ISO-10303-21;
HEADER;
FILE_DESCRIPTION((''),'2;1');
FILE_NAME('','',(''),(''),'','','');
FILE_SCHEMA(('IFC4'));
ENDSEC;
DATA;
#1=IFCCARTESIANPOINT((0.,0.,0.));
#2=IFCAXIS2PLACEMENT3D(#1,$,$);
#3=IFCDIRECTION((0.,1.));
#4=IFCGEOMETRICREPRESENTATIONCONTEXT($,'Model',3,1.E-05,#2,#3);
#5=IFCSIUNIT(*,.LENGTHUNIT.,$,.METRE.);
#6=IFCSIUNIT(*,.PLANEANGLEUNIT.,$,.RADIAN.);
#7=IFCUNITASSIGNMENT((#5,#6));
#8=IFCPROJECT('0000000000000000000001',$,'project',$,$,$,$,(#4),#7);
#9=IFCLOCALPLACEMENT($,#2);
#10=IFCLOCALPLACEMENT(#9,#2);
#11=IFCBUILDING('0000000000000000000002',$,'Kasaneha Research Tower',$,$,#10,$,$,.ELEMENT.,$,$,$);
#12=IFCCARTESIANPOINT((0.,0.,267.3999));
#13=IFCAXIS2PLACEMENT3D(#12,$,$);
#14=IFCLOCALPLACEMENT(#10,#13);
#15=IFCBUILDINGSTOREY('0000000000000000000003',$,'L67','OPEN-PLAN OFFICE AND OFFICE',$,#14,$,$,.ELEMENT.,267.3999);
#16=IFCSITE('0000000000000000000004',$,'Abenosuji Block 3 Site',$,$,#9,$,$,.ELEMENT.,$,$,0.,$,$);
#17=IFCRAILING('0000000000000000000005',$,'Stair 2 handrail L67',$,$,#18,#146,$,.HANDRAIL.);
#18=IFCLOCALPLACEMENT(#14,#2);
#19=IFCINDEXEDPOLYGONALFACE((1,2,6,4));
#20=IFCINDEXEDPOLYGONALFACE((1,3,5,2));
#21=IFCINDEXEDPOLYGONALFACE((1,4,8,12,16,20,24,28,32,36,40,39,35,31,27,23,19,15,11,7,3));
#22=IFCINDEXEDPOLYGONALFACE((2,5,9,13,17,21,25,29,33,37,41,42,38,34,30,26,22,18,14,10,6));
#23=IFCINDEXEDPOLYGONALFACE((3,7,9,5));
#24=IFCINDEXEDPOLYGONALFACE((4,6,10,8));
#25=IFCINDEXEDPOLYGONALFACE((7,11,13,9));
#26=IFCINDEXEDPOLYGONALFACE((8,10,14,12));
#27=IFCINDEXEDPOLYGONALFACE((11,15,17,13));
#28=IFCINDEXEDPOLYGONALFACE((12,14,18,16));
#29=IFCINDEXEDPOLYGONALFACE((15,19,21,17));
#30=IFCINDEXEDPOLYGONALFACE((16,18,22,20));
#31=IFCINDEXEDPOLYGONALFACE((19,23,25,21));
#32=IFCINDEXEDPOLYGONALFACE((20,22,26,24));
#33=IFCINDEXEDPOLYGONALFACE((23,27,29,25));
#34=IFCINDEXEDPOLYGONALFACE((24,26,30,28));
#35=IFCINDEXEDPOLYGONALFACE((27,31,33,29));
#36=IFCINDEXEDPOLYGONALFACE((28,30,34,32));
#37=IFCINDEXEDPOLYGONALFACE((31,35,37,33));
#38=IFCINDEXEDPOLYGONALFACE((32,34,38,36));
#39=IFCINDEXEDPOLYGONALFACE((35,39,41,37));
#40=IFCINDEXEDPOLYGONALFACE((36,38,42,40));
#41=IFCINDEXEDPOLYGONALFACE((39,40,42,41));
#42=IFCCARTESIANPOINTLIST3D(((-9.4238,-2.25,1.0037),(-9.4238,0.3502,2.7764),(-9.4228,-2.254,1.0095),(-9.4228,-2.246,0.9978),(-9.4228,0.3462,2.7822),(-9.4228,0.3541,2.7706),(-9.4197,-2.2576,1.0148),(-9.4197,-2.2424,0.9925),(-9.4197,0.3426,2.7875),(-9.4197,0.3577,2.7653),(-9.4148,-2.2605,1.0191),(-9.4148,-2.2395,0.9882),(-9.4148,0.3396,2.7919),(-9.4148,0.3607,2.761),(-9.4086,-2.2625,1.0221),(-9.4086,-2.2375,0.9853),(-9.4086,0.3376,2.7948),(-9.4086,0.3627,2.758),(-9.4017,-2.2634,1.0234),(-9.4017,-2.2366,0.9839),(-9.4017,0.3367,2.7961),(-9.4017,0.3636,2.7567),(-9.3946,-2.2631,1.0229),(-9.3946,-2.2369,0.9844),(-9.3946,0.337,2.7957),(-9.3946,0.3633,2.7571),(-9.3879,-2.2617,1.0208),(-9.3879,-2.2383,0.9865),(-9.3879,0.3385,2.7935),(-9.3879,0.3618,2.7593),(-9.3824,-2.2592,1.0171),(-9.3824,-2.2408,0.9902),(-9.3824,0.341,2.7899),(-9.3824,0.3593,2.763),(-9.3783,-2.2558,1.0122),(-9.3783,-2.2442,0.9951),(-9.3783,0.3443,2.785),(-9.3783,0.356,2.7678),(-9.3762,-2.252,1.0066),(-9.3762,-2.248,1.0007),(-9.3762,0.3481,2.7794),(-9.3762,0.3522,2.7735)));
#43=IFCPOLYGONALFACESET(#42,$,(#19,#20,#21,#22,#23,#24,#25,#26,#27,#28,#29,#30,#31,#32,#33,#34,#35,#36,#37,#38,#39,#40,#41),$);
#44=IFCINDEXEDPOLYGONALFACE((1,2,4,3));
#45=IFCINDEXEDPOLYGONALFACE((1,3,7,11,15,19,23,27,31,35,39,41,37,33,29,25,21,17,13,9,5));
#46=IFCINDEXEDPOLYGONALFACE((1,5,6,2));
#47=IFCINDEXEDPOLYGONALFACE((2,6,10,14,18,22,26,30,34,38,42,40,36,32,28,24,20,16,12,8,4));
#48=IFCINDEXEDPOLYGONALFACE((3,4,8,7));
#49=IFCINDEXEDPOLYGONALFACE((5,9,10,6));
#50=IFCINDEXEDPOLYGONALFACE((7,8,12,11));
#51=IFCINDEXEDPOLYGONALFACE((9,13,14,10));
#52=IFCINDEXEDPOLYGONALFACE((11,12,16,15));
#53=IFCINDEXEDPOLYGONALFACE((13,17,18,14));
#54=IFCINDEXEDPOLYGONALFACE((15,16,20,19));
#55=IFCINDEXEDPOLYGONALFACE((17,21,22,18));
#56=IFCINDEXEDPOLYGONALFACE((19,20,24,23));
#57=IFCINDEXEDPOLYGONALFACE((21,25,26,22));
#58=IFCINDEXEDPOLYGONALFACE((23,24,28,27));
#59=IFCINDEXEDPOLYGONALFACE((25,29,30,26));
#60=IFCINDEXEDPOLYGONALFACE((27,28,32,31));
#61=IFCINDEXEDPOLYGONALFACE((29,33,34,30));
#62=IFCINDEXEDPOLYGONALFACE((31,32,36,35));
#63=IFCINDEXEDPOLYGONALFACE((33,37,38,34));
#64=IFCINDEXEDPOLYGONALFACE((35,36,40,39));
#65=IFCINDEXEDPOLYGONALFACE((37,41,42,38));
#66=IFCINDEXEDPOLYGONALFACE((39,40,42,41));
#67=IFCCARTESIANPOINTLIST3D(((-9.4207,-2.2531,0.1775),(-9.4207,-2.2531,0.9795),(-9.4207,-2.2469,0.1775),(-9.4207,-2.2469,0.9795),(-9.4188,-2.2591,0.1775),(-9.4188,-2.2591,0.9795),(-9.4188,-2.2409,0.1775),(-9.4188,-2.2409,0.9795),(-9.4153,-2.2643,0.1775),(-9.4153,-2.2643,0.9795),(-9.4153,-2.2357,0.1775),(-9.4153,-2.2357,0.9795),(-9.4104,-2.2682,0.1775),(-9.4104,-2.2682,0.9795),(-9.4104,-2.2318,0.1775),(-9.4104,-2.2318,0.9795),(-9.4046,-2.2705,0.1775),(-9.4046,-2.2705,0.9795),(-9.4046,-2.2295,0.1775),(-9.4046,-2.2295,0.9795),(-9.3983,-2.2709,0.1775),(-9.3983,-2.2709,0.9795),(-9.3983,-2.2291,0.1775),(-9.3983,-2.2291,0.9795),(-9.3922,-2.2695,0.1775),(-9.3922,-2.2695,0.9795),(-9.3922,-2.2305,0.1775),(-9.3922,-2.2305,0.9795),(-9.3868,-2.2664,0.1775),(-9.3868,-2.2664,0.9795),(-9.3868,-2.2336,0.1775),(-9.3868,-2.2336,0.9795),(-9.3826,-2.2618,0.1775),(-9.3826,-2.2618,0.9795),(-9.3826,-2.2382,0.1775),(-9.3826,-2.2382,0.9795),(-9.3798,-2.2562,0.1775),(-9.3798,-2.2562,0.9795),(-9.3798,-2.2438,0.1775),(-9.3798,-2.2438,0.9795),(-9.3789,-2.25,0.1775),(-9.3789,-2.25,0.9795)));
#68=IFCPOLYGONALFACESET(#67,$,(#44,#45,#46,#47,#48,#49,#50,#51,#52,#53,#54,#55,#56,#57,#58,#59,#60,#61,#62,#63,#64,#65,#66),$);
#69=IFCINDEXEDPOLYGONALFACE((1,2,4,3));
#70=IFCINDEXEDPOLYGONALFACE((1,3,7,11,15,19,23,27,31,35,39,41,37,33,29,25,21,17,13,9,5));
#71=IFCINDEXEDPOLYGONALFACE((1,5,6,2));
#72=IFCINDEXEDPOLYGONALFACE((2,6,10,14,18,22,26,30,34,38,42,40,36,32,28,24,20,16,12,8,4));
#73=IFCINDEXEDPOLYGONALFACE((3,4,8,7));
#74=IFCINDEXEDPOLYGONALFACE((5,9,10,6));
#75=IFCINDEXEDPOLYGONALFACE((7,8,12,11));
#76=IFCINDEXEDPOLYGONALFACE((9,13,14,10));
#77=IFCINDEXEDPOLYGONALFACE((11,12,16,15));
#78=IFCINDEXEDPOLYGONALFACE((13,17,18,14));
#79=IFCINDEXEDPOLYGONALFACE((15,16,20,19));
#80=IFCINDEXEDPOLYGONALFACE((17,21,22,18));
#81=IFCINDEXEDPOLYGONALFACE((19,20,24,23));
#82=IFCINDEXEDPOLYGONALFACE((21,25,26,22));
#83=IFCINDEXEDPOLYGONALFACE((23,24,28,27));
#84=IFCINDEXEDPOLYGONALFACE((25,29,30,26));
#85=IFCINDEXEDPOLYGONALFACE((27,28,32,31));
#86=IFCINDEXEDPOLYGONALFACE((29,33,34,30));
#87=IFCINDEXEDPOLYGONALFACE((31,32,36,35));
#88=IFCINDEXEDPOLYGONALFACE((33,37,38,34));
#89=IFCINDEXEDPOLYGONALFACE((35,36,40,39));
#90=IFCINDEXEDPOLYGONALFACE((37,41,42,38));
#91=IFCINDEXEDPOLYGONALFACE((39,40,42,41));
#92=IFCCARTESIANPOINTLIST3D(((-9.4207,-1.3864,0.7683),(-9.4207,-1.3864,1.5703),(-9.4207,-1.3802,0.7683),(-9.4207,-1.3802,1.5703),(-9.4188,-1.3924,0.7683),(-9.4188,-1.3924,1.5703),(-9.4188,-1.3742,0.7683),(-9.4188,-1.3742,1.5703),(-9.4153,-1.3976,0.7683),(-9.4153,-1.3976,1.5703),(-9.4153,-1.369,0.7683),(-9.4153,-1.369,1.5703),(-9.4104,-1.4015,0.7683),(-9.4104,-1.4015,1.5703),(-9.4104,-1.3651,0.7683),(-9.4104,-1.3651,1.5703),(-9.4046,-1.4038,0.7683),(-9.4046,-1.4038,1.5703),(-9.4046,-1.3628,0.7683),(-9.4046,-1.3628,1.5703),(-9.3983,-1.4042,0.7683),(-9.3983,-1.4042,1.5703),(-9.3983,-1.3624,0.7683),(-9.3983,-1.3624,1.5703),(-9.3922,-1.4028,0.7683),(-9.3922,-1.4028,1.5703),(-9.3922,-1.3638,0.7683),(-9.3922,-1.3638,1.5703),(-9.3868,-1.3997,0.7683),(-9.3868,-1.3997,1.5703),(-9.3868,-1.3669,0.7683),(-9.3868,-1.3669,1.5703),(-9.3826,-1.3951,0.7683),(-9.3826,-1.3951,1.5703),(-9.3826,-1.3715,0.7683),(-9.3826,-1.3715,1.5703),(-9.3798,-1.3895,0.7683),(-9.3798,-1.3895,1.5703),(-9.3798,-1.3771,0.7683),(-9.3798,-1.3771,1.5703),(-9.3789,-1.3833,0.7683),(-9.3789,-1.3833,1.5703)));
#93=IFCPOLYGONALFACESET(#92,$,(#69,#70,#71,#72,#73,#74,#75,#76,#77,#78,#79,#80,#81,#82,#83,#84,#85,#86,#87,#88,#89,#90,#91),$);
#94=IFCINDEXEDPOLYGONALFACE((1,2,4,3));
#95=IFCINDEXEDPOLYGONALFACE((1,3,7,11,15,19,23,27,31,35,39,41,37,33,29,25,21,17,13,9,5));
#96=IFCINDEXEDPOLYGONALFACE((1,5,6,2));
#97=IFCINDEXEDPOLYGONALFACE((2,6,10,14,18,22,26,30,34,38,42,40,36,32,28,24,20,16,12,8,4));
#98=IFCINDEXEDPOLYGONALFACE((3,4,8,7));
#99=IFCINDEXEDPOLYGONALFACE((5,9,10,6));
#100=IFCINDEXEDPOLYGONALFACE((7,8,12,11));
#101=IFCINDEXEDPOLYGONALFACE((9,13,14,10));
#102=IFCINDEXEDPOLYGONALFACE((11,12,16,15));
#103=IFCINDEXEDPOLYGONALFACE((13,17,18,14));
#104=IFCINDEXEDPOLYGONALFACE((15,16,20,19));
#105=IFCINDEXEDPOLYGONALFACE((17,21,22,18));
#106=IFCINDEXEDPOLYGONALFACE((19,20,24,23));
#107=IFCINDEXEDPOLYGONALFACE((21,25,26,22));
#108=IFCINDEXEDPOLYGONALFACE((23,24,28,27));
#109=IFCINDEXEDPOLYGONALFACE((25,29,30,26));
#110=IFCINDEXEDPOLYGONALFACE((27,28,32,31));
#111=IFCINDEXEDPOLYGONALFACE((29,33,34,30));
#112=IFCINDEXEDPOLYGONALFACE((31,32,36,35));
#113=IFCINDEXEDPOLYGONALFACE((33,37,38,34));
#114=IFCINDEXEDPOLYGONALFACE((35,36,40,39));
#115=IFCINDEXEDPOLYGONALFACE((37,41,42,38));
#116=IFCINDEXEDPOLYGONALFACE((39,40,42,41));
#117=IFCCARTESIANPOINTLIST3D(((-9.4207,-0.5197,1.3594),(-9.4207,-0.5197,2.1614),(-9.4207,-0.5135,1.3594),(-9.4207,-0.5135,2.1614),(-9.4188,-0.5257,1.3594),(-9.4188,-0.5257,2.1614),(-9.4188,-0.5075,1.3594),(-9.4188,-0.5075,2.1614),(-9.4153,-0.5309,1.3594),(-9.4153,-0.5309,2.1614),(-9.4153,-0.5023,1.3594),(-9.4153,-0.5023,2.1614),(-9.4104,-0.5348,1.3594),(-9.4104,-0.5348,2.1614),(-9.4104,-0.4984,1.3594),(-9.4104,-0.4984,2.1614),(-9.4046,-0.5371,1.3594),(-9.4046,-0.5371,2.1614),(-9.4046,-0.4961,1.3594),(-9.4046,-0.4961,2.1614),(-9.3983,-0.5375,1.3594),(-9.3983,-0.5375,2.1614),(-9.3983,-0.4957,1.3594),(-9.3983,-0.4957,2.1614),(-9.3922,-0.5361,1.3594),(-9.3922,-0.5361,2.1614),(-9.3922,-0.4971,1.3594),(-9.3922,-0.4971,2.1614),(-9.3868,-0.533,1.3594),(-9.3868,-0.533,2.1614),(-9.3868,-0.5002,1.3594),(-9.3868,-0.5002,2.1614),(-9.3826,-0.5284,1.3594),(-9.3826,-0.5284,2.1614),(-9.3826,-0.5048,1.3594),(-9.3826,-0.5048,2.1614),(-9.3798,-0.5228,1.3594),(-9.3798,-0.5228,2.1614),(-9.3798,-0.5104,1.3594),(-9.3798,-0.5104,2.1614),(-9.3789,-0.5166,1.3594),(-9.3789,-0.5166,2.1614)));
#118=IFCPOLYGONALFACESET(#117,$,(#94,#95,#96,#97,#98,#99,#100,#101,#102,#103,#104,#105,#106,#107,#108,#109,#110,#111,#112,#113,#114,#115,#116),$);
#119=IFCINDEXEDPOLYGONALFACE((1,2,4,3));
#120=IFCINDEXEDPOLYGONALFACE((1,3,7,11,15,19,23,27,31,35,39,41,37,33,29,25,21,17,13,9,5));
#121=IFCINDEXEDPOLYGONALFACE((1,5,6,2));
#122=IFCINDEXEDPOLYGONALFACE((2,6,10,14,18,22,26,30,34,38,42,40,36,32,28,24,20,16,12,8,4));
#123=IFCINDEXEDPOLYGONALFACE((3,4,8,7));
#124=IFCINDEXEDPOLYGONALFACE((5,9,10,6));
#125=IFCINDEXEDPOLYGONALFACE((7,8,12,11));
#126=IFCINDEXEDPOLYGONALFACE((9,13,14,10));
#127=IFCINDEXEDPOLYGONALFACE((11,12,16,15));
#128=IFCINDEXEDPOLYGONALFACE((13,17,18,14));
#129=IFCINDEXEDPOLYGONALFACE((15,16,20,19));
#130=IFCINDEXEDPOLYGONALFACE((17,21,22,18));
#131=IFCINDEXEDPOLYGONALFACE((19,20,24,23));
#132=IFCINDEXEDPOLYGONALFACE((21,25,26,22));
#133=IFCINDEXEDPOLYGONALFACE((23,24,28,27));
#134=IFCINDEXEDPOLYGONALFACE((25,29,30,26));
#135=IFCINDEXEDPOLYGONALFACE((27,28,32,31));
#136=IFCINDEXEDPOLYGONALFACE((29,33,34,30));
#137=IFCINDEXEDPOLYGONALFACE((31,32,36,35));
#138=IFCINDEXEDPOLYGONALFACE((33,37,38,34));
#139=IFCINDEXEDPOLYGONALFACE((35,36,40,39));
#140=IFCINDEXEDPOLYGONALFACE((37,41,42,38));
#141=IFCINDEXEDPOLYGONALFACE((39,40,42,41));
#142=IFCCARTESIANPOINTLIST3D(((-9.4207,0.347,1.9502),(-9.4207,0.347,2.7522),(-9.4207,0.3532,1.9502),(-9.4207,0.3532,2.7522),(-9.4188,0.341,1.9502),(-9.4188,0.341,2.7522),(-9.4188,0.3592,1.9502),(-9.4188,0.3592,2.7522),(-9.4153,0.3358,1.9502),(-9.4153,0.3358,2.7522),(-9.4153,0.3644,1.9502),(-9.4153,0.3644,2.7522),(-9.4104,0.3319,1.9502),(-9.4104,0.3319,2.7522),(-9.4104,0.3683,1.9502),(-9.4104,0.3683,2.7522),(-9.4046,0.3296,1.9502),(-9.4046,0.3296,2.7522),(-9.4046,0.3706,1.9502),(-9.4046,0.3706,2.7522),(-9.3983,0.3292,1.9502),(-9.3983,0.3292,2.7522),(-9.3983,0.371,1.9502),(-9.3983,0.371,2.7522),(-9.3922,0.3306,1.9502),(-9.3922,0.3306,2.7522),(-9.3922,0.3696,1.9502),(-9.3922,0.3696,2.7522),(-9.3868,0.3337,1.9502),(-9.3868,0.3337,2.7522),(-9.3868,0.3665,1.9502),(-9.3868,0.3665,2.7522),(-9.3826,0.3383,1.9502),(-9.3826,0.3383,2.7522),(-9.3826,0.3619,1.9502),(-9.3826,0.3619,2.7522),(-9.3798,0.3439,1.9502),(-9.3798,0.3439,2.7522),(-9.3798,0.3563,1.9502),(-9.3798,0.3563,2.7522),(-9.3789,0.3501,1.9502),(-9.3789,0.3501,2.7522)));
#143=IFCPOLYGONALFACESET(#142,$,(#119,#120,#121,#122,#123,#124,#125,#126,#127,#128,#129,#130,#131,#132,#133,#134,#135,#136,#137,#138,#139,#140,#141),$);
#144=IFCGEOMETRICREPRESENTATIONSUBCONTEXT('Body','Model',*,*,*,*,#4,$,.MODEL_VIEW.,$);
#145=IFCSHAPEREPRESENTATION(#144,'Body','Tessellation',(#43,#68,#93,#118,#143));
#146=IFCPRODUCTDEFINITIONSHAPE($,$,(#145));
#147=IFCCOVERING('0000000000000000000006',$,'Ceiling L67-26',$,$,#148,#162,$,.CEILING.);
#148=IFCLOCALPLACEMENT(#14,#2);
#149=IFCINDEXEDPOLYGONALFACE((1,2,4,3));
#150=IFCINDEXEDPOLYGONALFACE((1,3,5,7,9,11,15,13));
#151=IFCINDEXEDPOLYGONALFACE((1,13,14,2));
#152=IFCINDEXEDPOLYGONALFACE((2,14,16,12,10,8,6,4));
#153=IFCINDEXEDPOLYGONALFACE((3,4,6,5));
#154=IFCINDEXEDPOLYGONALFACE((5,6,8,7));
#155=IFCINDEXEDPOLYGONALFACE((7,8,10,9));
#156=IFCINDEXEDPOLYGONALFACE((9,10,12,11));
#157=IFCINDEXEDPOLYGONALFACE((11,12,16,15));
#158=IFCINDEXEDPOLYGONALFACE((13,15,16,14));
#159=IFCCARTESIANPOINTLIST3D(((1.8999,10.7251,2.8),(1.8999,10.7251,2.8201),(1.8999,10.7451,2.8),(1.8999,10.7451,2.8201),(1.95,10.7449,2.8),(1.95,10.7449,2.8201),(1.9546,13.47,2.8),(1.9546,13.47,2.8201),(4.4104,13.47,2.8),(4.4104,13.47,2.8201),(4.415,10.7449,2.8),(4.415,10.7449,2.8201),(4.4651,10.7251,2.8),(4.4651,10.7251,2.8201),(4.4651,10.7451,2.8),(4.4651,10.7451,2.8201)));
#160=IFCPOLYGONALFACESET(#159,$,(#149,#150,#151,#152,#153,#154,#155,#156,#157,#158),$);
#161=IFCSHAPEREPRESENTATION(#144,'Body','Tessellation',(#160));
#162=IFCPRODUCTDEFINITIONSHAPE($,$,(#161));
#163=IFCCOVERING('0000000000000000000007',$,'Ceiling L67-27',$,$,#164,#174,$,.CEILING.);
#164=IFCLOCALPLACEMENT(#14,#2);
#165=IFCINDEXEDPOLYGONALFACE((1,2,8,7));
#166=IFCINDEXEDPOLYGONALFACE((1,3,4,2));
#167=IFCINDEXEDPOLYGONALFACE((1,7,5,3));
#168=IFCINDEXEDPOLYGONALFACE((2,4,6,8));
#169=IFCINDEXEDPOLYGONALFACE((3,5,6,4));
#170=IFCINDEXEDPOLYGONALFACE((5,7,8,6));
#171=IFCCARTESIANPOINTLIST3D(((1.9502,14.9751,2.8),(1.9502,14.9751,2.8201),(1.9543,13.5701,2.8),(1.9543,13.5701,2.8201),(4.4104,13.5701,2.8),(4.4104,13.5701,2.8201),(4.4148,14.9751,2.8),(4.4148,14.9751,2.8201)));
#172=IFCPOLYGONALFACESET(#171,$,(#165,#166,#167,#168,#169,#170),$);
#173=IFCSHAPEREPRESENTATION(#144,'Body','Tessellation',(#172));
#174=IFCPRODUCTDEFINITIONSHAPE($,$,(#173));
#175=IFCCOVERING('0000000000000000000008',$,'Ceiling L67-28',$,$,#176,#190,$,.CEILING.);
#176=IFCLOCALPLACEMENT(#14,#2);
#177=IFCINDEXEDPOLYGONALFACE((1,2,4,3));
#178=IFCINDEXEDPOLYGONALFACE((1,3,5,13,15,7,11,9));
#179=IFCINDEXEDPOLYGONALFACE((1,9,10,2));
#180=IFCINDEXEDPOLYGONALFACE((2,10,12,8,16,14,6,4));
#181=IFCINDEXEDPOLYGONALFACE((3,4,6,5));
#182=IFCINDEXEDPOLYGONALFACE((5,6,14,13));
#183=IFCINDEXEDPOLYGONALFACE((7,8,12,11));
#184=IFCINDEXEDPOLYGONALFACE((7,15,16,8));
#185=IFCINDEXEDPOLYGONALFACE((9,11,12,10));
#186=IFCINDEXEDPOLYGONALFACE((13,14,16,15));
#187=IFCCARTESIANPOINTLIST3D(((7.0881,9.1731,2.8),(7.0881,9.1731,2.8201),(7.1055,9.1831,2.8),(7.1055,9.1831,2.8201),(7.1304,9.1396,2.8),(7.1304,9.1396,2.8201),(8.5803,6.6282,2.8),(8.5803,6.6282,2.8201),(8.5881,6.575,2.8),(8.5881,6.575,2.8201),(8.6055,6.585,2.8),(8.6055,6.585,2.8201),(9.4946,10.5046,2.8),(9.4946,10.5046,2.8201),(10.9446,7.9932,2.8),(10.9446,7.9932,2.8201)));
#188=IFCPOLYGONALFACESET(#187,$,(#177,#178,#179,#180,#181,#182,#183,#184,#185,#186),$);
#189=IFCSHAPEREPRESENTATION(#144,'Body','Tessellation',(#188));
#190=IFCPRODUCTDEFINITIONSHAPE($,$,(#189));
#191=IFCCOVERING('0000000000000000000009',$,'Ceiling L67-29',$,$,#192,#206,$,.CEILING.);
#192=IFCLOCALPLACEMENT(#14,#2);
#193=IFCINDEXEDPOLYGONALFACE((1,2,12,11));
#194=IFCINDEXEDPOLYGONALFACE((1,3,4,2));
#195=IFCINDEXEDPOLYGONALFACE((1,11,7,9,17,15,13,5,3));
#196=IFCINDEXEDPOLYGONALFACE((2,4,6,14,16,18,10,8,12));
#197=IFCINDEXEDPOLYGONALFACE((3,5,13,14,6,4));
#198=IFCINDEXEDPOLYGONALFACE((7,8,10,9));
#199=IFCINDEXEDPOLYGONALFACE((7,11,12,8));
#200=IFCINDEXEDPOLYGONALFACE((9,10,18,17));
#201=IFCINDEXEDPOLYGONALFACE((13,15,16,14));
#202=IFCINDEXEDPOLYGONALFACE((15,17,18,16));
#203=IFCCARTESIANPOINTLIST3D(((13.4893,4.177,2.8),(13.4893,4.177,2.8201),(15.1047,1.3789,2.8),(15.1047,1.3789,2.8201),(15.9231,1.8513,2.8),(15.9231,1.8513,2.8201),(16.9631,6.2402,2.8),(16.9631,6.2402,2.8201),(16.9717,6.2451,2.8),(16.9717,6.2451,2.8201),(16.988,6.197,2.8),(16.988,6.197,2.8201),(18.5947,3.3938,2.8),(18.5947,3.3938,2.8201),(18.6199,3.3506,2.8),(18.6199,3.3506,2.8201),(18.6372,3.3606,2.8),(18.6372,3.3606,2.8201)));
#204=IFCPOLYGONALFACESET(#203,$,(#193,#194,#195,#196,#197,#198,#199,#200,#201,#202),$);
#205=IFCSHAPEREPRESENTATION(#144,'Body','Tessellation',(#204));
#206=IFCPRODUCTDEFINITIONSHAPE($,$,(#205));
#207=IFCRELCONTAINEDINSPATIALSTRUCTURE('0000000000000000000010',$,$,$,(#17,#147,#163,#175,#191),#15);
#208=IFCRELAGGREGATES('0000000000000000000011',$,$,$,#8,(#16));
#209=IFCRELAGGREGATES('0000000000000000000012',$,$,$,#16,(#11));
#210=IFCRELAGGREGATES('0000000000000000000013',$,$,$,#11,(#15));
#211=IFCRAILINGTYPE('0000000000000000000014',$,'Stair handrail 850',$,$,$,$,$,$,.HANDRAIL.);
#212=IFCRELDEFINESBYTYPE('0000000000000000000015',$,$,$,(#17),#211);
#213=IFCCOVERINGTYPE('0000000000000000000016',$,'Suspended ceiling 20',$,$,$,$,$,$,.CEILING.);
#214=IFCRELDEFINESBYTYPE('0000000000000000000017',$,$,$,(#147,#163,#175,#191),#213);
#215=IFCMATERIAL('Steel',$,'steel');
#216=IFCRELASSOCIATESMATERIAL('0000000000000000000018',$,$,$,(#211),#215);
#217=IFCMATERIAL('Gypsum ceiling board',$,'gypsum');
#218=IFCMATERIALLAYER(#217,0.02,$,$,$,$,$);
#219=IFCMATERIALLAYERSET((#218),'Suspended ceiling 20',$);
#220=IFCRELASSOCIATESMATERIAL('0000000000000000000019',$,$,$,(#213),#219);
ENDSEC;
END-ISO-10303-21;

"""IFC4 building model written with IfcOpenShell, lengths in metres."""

from ifc_helpers import new_model, si_unit, direction, frame, origin, origin_2d, place, context, subcontext, project, spatial, polyline, circle, outline, extrude, material, layer, layer_set, type_object, element, save


model = new_model("IFC4")

# Units and contexts
model_context = context("Model", 3, precision=1e-05, world=origin(), true_north=direction((0.0, 1.0)))
body_context = subcontext(model_context, "Body", "Model", "MODEL_VIEW")
ifc_project = project(units=[si_unit("LENGTHUNIT", "METRE"), si_unit("PLANEANGLEUNIT", "RADIAN")], contexts=[model_context])

# Site, building, storey
site_placement = place(None, origin())
site = spatial("IfcSite", under=ifc_project, at=site_placement, Name="Abenosuji Block 3 Site", CompositionType="ELEMENT", RefElevation=0.0)
building_placement = place(site_placement, origin())
building = spatial("IfcBuilding", under=site, at=building_placement, Name="Kasaneha Research Tower", CompositionType="ELEMENT")
storey_placement = place(building_placement, frame((0.0, 0.0, 267.3999)))
storey = spatial("IfcBuildingStorey", under=building, at=storey_placement, Name="L67", Description="OPEN-PLAN OFFICE AND OFFICE", CompositionType="ELEMENT", Elevation=267.3999)

# Railing
ifc_material_1 = material(Name="Steel", Category="steel")
railing_type = type_object("IfcRailingType", Name="Stair handrail 850", PredefinedType="HANDRAIL", material=ifc_material_1)
railing_placement = place(storey_placement, frame((-9.3999, -2.25, 0.1775)))
element("IfcRailing", 1, at=railing_placement, inside=storey, type_object=railing_type, Name="Stair 2 handrail L67", PredefinedType="HANDRAIL", context=body_context, shape_type="SweptSolid", body=[
    extrude(circle(Radius=0.0239, at=origin_2d()), frame((0.0, 0.0, 0.8262), z_axis=(0.0, 0.82624, 0.563318), x_axis=(-1.0, 0.0, 0.0)), (0.0, 0.0, 1.0), 3.147),
    extrude(circle(Radius=0.021, at=origin_2d()), origin(), (0.0, 0.0, 1.0), 0.802),
    extrude(circle(Radius=0.021, at=origin_2d()), frame((0.0, 0.8667, 0.5908)), (0.0, 0.0, 1.0), 0.802),
    extrude(circle(Radius=0.021, at=origin_2d()), frame((0.0, 1.7334, 1.1819)), (0.0, 0.0, 1.0), 0.802),
    extrude(circle(Radius=0.021, at=origin_2d()), frame((0.0, 2.6001, 1.7727)), (0.0, 0.0, 1.0), 0.802),
])

# Coverings
ifc_material_2 = material(Name="Gypsum ceiling board", Category="gypsum")
ifc_layer_1 = layer(ifc_material_2, 0.02)
ifc_layer_set_1 = layer_set([ifc_layer_1], Name="Suspended ceiling 20")
covering_type_1 = type_object("IfcCoveringType", Name="Suspended ceiling 20", PredefinedType="CEILING", material=ifc_layer_set_1)
covering_1_placement = place(storey_placement, frame((0.0, 0.0, 2.8)))
element("IfcCovering", 2, at=covering_1_placement, inside=storey, type_object=covering_type_1, Name="Ceiling L67-26", PredefinedType="CEILING", context=body_context, shape_type="SweptSolid", body=[
    extrude(outline(polyline([(1.8999, 10.7251), (1.8999, 10.7451), (1.95, 10.7449), (1.9546, 13.47), (4.4104, 13.47), (4.415, 10.7449), (4.4651, 10.7451), (4.4651, 10.7251), (1.8999, 10.7251)])), origin(), (0.0, 0.0, 1.0), 0.02),
])
covering_2_placement = place(storey_placement, frame((0.0, 0.0, 2.8)))
element("IfcCovering", 3, at=covering_2_placement, inside=storey, type_object=covering_type_1, Name="Ceiling L67-27", PredefinedType="CEILING", context=body_context, shape_type="SweptSolid", body=[
    extrude(outline(polyline([(1.9502, 14.9751), (4.4148, 14.9751), (4.4104, 13.5701), (1.9543, 13.5701), (1.9502, 14.9751)])), origin(), (0.0, 0.0, 1.0), 0.02),
])
covering_3_placement = place(storey_placement, frame((0.0, 0.0, 2.8)))
element("IfcCovering", 4, at=covering_3_placement, inside=storey, type_object=covering_type_1, Name="Ceiling L67-28", PredefinedType="CEILING", context=body_context, shape_type="SweptSolid", body=[
    extrude(outline(polyline([(7.0881, 9.1731), (7.1055, 9.1831), (7.1304, 9.1396), (9.4946, 10.5046), (10.9446, 7.9932), (8.5803, 6.6282), (8.6055, 6.585), (8.5881, 6.575), (7.0881, 9.1731)])), origin(), (0.0, 0.0, 1.0), 0.02),
])
covering_4_placement = place(storey_placement, frame((0.0, 0.0, 2.8)))
element("IfcCovering", 5, at=covering_4_placement, inside=storey, type_object=covering_type_1, Name="Ceiling L67-29", PredefinedType="CEILING", context=body_context, shape_type="SweptSolid", body=[
    extrude(outline(polyline([(18.6372, 3.3606), (18.6199, 3.3506), (18.5947, 3.3938), (15.9231, 1.8513), (15.9231, 1.8513), (15.1047, 1.3789), (13.4893, 4.177), (16.988, 6.197), (16.9631, 6.2402), (16.9717, 6.2451), (18.6372, 3.3606)])), origin(), (0.0, 0.0, 1.0), 0.02),
])

save(model, "model.ifc")
